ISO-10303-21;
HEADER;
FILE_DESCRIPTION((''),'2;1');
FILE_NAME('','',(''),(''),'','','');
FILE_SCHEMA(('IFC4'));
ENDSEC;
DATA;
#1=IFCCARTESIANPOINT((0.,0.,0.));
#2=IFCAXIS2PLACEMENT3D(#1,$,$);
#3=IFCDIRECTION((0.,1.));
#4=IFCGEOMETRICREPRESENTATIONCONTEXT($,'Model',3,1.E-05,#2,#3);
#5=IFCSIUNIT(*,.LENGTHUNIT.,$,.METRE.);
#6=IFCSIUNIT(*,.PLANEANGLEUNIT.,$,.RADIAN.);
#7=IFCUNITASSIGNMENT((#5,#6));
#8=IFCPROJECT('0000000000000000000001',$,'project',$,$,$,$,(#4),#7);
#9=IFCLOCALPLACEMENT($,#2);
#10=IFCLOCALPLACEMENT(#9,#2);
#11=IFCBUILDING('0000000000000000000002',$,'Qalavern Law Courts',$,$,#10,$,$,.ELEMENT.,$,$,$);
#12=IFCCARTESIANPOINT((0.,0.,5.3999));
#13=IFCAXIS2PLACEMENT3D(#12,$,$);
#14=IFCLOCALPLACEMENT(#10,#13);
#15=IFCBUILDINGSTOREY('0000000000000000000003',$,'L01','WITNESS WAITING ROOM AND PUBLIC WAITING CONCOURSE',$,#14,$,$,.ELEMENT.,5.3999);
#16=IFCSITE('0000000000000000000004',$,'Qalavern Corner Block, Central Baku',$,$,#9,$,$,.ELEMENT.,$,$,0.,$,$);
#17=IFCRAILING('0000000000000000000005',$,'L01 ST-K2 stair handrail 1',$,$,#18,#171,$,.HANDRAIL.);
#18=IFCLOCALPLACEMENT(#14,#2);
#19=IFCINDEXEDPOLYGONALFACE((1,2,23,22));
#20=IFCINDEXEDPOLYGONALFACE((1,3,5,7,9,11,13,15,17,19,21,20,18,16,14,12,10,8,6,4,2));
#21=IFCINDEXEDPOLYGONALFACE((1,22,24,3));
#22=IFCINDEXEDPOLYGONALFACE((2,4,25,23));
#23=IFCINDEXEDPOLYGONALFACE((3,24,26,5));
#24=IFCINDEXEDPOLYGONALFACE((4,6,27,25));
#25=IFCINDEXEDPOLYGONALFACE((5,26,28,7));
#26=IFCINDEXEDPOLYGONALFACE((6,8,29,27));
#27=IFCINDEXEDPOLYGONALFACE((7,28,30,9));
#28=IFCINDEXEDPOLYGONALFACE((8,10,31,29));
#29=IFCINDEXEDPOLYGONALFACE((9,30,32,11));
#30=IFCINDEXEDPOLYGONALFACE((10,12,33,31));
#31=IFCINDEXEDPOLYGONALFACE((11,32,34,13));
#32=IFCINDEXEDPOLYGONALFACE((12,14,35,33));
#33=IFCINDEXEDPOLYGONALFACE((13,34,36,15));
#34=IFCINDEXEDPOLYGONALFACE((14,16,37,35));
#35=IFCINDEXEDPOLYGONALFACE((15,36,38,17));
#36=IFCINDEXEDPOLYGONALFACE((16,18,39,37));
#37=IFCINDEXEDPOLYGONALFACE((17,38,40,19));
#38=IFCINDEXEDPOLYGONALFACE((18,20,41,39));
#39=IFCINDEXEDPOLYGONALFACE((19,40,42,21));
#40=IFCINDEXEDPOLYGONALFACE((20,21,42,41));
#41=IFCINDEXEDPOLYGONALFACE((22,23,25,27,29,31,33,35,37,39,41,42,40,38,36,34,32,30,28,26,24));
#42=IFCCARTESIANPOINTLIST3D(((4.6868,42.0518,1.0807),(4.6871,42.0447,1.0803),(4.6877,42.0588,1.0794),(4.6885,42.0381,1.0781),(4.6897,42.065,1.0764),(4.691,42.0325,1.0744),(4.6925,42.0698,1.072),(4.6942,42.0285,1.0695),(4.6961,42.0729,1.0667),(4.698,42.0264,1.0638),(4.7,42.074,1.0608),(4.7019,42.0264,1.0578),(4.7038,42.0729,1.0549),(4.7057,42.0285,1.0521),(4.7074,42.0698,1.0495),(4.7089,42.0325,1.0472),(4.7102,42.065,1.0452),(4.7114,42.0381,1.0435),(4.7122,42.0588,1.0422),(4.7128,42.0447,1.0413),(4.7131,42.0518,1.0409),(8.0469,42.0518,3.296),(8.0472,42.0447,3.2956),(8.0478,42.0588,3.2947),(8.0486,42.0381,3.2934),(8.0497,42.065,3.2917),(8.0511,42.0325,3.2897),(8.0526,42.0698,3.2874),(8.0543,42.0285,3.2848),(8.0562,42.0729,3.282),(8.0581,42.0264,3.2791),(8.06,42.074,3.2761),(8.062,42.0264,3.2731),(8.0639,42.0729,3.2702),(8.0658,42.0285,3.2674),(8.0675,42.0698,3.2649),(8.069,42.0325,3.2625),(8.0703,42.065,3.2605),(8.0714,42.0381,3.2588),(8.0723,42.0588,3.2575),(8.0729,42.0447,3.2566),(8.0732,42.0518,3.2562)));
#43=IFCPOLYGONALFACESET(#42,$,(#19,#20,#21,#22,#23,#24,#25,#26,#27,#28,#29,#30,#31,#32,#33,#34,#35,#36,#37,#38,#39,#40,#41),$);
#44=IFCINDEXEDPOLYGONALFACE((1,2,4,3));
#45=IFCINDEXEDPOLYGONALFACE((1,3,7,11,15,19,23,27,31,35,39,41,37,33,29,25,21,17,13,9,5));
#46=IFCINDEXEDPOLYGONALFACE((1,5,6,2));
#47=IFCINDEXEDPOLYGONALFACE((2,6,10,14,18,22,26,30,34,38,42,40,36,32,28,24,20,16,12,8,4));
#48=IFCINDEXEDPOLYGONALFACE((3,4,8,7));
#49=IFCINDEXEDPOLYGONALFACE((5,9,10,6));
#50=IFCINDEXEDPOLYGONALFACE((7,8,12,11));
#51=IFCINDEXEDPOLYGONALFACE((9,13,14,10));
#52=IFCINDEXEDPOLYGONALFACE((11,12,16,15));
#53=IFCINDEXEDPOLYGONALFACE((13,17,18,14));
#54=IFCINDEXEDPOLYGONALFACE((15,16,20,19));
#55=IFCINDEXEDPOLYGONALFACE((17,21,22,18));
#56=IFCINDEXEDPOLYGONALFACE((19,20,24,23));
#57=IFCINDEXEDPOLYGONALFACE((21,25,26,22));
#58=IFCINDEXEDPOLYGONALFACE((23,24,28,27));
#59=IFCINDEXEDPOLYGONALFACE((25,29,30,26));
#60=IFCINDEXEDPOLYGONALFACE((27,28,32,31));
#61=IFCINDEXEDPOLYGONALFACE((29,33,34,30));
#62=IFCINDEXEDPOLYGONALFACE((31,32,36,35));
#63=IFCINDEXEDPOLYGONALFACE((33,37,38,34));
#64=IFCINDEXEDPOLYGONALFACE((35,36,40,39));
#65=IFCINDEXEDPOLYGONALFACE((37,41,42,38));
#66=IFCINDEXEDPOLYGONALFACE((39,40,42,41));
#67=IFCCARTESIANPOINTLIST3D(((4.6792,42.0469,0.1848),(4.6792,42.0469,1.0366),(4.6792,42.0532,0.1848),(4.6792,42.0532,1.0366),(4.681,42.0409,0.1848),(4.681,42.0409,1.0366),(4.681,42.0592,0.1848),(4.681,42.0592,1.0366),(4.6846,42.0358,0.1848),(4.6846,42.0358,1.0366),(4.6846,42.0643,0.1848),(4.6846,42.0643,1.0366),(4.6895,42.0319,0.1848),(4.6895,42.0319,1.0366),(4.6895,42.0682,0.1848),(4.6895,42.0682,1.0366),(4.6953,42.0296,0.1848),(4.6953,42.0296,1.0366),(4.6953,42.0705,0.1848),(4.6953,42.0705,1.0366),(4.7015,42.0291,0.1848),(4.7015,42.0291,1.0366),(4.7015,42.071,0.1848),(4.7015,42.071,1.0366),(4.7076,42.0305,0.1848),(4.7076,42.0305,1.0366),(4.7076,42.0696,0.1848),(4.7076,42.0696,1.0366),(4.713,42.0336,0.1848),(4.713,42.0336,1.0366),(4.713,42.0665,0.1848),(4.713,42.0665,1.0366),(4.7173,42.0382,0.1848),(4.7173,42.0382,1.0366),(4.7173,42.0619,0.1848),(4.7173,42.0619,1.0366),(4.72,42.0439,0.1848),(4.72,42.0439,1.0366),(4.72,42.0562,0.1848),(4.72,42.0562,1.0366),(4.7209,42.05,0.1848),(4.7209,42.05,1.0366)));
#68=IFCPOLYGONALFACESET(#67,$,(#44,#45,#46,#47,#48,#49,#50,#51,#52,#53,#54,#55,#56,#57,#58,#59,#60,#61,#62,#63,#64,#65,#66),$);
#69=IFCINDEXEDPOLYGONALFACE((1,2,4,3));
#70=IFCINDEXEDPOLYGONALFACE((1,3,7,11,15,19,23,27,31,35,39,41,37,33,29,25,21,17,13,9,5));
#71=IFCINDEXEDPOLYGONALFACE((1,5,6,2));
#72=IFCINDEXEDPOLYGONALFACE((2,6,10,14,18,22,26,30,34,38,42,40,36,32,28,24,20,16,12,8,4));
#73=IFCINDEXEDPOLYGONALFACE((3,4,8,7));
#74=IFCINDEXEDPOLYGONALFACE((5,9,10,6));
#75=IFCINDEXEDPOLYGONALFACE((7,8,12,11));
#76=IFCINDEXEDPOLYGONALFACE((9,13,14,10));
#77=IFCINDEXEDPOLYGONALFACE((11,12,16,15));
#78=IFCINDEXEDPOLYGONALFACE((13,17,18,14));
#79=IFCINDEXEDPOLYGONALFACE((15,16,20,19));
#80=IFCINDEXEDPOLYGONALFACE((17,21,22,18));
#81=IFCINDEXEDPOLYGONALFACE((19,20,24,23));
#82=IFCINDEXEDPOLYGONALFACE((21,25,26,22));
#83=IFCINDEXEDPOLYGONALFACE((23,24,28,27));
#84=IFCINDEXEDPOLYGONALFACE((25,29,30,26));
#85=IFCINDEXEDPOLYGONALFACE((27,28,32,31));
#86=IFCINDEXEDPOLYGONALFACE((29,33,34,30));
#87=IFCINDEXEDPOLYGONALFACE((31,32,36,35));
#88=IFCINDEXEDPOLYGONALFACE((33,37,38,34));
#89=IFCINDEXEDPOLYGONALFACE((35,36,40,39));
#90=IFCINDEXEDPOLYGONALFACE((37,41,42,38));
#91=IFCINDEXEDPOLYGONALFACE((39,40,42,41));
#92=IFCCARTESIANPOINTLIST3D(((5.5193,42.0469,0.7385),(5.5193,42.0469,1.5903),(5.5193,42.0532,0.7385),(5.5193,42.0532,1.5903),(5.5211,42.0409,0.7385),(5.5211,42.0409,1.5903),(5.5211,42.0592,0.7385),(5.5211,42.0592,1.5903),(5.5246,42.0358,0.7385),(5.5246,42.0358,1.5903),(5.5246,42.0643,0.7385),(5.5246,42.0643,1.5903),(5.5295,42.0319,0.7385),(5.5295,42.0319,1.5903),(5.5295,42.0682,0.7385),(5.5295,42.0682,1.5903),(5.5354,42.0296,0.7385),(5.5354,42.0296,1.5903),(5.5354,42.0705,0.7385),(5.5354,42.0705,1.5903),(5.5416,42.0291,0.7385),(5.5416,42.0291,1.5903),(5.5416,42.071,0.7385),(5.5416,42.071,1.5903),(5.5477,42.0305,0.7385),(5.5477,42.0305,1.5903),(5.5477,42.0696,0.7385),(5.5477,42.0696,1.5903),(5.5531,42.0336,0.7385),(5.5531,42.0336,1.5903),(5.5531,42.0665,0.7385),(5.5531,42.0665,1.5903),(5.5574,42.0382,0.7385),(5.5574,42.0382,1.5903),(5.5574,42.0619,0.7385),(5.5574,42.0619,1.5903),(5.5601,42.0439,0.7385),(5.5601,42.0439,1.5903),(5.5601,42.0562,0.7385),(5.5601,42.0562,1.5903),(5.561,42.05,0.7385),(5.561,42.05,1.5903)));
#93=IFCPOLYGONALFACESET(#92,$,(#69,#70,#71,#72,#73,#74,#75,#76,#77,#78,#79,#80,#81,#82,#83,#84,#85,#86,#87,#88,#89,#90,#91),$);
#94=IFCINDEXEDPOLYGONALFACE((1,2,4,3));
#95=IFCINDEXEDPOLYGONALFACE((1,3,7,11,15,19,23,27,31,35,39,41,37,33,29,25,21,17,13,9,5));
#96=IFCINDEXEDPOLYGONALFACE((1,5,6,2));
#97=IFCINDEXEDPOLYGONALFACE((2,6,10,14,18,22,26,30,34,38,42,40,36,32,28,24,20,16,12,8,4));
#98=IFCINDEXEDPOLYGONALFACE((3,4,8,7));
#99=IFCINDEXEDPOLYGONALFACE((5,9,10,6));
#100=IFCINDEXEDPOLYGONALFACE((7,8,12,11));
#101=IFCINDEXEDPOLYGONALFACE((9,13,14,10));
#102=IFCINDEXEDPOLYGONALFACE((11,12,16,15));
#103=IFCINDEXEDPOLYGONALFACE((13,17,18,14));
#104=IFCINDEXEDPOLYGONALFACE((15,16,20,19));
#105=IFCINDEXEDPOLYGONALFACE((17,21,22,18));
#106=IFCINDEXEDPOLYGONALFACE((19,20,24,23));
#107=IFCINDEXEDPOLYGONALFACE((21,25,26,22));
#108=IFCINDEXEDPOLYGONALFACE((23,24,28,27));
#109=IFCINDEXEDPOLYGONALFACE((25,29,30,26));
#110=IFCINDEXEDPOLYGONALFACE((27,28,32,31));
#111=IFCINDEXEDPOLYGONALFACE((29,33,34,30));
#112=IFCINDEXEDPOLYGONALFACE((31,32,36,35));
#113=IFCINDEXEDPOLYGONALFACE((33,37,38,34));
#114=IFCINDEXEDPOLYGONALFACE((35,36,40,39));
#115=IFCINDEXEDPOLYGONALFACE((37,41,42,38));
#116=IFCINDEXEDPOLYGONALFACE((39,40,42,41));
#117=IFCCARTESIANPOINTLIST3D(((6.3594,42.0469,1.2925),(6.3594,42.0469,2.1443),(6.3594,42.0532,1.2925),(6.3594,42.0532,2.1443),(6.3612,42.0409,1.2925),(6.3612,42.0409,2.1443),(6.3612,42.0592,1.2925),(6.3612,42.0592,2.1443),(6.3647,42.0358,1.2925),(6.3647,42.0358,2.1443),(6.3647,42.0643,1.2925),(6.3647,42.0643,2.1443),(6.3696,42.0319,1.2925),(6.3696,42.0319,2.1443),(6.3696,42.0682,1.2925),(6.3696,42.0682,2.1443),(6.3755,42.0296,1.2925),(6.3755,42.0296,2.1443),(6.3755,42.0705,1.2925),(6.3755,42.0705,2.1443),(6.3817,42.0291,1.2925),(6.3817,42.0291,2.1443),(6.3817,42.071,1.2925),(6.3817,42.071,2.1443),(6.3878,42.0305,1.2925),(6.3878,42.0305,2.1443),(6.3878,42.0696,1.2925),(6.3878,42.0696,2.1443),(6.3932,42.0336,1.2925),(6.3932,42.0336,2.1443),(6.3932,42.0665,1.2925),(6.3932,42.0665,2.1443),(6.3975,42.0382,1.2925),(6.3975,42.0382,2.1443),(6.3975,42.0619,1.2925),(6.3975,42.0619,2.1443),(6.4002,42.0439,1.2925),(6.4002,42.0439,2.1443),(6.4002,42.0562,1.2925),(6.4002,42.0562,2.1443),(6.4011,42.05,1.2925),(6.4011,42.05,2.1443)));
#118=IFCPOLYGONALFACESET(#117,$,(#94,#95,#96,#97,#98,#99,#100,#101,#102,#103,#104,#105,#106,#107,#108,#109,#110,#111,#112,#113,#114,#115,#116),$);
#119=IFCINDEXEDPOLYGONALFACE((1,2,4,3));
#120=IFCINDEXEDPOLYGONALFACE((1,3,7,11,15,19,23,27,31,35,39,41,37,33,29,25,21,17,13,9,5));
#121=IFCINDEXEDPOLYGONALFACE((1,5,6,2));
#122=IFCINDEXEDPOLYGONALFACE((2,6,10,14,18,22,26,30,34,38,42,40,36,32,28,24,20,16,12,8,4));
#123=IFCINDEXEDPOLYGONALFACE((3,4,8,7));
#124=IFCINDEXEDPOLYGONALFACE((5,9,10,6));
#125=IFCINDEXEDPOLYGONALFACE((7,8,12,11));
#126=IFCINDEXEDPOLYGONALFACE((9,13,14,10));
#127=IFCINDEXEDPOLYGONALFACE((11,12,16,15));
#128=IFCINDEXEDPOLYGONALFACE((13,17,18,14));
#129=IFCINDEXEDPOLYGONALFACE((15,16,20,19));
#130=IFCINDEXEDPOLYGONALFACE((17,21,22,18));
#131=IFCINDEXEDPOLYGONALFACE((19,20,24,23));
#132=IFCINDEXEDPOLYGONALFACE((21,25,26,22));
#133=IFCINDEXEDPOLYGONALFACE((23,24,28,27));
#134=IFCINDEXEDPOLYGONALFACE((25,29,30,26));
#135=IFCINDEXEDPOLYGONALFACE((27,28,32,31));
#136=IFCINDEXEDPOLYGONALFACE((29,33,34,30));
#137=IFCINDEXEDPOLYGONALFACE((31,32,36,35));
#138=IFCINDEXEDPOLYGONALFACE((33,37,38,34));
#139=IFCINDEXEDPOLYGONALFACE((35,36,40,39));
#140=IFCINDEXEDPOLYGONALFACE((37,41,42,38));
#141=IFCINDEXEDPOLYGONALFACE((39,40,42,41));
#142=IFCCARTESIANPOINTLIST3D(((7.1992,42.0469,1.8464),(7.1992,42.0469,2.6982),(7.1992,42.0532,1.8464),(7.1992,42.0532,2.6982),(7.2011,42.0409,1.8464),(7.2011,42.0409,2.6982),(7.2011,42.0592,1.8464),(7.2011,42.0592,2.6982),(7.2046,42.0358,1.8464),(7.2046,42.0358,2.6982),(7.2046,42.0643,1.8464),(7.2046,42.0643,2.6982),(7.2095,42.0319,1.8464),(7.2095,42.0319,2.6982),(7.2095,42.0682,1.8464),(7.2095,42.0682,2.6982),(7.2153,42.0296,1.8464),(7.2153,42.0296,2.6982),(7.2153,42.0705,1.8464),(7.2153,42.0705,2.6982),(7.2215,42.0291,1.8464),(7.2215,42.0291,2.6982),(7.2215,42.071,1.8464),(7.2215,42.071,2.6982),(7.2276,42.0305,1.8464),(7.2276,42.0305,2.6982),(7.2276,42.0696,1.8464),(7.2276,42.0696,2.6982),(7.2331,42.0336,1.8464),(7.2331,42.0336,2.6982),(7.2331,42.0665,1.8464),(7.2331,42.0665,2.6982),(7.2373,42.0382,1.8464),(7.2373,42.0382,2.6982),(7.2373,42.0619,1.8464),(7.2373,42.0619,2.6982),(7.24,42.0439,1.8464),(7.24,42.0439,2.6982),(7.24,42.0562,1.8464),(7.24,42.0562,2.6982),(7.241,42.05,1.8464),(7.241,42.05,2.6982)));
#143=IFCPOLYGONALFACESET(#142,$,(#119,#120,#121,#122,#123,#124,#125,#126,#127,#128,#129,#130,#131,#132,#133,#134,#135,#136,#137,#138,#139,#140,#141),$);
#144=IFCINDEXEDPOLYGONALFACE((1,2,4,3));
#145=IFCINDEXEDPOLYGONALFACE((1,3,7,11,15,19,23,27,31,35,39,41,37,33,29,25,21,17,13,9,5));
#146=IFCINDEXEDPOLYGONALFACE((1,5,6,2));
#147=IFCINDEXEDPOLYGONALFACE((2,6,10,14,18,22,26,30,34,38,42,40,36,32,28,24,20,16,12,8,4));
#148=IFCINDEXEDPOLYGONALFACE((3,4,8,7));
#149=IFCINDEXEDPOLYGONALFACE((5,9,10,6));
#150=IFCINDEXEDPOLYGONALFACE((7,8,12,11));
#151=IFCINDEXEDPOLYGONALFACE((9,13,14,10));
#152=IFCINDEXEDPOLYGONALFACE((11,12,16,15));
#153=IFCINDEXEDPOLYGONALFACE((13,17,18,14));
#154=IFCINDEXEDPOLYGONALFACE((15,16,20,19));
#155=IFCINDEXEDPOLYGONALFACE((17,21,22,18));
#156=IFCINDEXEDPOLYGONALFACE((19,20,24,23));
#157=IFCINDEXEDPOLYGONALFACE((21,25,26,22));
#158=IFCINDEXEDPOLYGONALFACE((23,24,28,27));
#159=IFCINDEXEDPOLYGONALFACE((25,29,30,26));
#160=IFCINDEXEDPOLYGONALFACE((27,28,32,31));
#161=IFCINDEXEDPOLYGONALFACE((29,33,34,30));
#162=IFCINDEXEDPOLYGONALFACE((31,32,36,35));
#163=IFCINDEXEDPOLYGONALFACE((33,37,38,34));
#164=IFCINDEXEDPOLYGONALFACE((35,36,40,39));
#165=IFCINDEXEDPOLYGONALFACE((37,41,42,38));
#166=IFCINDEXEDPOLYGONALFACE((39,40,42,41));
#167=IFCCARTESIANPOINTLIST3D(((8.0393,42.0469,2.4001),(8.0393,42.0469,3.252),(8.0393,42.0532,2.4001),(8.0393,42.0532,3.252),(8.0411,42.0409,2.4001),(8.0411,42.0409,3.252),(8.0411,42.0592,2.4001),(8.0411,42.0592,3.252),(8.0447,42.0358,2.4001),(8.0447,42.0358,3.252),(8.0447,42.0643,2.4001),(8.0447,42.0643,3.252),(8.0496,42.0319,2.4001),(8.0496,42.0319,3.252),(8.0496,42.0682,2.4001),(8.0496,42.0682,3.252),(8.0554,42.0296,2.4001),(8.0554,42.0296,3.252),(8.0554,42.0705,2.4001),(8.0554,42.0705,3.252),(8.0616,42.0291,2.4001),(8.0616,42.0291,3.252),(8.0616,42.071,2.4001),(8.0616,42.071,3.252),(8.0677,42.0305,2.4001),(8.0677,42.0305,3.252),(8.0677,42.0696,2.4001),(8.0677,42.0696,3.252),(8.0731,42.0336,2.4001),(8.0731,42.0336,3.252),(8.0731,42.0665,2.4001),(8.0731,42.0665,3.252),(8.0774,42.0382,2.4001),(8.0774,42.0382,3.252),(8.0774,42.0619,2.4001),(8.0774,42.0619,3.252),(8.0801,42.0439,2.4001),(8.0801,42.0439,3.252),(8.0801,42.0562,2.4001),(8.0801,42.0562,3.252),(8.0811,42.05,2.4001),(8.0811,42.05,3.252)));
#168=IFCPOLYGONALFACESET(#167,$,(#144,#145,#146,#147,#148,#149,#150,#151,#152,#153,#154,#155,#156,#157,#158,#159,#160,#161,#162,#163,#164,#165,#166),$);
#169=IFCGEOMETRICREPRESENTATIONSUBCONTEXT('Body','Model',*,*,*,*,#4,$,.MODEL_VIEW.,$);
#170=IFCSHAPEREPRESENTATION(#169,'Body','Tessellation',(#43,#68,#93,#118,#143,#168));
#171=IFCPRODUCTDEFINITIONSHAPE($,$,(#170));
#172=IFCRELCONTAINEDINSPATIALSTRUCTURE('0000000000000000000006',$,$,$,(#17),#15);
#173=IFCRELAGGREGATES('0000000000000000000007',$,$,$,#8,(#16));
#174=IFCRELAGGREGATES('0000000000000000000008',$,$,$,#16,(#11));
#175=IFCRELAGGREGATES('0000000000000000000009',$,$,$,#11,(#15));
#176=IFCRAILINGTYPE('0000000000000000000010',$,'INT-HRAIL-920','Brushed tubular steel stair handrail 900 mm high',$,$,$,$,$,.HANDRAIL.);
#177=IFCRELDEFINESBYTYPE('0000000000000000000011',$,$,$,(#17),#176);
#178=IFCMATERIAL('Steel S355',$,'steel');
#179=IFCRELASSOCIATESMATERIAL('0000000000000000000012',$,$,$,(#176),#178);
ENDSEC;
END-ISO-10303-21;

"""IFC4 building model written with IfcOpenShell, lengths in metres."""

from ifc_helpers import new_model, si_unit, direction, frame, origin, origin_2d, place, context, subcontext, project, spatial, circle, extrude, material, type_object, element, save


model = new_model("IFC4")

# Units and contexts
model_context = context("Model", 3, precision=1e-05, world=origin(), true_north=direction((0.0, 1.0)))
body_context = subcontext(model_context, "Body", "Model", "MODEL_VIEW")
ifc_project = project(units=[si_unit("LENGTHUNIT", "METRE"), si_unit("PLANEANGLEUNIT", "RADIAN")], contexts=[model_context])

# Site, building, storey
site_placement = place(None, origin())
site = spatial("IfcSite", under=ifc_project, at=site_placement, Name="Qalavern Corner Block, Central Baku", CompositionType="ELEMENT", RefElevation=0.0)
building_placement = place(site_placement, origin())
building = spatial("IfcBuilding", under=site, at=building_placement, Name="Qalavern Law Courts", CompositionType="ELEMENT")
storey_placement = place(building_placement, frame((0.0, 0.0, 5.3999)))
storey = spatial("IfcBuildingStorey", under=building, at=storey_placement, Name="L01", Description="WITNESS WAITING ROOM AND PUBLIC WAITING CONCOURSE", CompositionType="ELEMENT", Elevation=5.3999)

# Railing
ifc_material_1 = material(Name="Steel S355", Category="steel")
railing_type_1 = type_object("IfcRailingType", Name="INT-HRAIL-920", Description="Brushed tubular steel stair handrail 900 mm high", PredefinedType="HANDRAIL", material=ifc_material_1)
railing_1_placement = place(storey_placement, frame((4.7, 42.05, 0.1848)))
element("IfcRailing", 1, at=railing_1_placement, inside=storey, type_object=railing_type_1, Name="L01 ST-K2 stair handrail 1", PredefinedType="HANDRAIL", context=body_context, shape_type="SweptSolid", body=[
    extrude(circle(Radius=0.0239, at=origin_2d()), frame((0.0, 0.0, 0.876), z_axis=(0.834876, 0.0, 0.550437), x_axis=(0.0, 1.0, 0.0)), (0.0, 0.0, 1.0), 4.0247),
    extrude(circle(Radius=0.021, at=origin_2d()), origin(), (0.0, 0.0, 1.0), 0.8518),
    extrude(circle(Radius=0.021, at=origin_2d()), frame((0.8401, 0.0, 0.5537)), (0.0, 0.0, 1.0), 0.8518),
    extrude(circle(Radius=0.021, at=origin_2d()), frame((1.6802, 0.0, 1.1077)), (0.0, 0.0, 1.0), 0.8518),
    extrude(circle(Radius=0.021, at=origin_2d()), frame((2.52, 0.0, 1.6616)), (0.0, 0.0, 1.0), 0.8518),
    extrude(circle(Radius=0.021, at=origin_2d()), frame((3.3601, 0.0, 2.2153)), (0.0, 0.0, 1.0), 0.8518),
])

save(model, "model.ifc")
